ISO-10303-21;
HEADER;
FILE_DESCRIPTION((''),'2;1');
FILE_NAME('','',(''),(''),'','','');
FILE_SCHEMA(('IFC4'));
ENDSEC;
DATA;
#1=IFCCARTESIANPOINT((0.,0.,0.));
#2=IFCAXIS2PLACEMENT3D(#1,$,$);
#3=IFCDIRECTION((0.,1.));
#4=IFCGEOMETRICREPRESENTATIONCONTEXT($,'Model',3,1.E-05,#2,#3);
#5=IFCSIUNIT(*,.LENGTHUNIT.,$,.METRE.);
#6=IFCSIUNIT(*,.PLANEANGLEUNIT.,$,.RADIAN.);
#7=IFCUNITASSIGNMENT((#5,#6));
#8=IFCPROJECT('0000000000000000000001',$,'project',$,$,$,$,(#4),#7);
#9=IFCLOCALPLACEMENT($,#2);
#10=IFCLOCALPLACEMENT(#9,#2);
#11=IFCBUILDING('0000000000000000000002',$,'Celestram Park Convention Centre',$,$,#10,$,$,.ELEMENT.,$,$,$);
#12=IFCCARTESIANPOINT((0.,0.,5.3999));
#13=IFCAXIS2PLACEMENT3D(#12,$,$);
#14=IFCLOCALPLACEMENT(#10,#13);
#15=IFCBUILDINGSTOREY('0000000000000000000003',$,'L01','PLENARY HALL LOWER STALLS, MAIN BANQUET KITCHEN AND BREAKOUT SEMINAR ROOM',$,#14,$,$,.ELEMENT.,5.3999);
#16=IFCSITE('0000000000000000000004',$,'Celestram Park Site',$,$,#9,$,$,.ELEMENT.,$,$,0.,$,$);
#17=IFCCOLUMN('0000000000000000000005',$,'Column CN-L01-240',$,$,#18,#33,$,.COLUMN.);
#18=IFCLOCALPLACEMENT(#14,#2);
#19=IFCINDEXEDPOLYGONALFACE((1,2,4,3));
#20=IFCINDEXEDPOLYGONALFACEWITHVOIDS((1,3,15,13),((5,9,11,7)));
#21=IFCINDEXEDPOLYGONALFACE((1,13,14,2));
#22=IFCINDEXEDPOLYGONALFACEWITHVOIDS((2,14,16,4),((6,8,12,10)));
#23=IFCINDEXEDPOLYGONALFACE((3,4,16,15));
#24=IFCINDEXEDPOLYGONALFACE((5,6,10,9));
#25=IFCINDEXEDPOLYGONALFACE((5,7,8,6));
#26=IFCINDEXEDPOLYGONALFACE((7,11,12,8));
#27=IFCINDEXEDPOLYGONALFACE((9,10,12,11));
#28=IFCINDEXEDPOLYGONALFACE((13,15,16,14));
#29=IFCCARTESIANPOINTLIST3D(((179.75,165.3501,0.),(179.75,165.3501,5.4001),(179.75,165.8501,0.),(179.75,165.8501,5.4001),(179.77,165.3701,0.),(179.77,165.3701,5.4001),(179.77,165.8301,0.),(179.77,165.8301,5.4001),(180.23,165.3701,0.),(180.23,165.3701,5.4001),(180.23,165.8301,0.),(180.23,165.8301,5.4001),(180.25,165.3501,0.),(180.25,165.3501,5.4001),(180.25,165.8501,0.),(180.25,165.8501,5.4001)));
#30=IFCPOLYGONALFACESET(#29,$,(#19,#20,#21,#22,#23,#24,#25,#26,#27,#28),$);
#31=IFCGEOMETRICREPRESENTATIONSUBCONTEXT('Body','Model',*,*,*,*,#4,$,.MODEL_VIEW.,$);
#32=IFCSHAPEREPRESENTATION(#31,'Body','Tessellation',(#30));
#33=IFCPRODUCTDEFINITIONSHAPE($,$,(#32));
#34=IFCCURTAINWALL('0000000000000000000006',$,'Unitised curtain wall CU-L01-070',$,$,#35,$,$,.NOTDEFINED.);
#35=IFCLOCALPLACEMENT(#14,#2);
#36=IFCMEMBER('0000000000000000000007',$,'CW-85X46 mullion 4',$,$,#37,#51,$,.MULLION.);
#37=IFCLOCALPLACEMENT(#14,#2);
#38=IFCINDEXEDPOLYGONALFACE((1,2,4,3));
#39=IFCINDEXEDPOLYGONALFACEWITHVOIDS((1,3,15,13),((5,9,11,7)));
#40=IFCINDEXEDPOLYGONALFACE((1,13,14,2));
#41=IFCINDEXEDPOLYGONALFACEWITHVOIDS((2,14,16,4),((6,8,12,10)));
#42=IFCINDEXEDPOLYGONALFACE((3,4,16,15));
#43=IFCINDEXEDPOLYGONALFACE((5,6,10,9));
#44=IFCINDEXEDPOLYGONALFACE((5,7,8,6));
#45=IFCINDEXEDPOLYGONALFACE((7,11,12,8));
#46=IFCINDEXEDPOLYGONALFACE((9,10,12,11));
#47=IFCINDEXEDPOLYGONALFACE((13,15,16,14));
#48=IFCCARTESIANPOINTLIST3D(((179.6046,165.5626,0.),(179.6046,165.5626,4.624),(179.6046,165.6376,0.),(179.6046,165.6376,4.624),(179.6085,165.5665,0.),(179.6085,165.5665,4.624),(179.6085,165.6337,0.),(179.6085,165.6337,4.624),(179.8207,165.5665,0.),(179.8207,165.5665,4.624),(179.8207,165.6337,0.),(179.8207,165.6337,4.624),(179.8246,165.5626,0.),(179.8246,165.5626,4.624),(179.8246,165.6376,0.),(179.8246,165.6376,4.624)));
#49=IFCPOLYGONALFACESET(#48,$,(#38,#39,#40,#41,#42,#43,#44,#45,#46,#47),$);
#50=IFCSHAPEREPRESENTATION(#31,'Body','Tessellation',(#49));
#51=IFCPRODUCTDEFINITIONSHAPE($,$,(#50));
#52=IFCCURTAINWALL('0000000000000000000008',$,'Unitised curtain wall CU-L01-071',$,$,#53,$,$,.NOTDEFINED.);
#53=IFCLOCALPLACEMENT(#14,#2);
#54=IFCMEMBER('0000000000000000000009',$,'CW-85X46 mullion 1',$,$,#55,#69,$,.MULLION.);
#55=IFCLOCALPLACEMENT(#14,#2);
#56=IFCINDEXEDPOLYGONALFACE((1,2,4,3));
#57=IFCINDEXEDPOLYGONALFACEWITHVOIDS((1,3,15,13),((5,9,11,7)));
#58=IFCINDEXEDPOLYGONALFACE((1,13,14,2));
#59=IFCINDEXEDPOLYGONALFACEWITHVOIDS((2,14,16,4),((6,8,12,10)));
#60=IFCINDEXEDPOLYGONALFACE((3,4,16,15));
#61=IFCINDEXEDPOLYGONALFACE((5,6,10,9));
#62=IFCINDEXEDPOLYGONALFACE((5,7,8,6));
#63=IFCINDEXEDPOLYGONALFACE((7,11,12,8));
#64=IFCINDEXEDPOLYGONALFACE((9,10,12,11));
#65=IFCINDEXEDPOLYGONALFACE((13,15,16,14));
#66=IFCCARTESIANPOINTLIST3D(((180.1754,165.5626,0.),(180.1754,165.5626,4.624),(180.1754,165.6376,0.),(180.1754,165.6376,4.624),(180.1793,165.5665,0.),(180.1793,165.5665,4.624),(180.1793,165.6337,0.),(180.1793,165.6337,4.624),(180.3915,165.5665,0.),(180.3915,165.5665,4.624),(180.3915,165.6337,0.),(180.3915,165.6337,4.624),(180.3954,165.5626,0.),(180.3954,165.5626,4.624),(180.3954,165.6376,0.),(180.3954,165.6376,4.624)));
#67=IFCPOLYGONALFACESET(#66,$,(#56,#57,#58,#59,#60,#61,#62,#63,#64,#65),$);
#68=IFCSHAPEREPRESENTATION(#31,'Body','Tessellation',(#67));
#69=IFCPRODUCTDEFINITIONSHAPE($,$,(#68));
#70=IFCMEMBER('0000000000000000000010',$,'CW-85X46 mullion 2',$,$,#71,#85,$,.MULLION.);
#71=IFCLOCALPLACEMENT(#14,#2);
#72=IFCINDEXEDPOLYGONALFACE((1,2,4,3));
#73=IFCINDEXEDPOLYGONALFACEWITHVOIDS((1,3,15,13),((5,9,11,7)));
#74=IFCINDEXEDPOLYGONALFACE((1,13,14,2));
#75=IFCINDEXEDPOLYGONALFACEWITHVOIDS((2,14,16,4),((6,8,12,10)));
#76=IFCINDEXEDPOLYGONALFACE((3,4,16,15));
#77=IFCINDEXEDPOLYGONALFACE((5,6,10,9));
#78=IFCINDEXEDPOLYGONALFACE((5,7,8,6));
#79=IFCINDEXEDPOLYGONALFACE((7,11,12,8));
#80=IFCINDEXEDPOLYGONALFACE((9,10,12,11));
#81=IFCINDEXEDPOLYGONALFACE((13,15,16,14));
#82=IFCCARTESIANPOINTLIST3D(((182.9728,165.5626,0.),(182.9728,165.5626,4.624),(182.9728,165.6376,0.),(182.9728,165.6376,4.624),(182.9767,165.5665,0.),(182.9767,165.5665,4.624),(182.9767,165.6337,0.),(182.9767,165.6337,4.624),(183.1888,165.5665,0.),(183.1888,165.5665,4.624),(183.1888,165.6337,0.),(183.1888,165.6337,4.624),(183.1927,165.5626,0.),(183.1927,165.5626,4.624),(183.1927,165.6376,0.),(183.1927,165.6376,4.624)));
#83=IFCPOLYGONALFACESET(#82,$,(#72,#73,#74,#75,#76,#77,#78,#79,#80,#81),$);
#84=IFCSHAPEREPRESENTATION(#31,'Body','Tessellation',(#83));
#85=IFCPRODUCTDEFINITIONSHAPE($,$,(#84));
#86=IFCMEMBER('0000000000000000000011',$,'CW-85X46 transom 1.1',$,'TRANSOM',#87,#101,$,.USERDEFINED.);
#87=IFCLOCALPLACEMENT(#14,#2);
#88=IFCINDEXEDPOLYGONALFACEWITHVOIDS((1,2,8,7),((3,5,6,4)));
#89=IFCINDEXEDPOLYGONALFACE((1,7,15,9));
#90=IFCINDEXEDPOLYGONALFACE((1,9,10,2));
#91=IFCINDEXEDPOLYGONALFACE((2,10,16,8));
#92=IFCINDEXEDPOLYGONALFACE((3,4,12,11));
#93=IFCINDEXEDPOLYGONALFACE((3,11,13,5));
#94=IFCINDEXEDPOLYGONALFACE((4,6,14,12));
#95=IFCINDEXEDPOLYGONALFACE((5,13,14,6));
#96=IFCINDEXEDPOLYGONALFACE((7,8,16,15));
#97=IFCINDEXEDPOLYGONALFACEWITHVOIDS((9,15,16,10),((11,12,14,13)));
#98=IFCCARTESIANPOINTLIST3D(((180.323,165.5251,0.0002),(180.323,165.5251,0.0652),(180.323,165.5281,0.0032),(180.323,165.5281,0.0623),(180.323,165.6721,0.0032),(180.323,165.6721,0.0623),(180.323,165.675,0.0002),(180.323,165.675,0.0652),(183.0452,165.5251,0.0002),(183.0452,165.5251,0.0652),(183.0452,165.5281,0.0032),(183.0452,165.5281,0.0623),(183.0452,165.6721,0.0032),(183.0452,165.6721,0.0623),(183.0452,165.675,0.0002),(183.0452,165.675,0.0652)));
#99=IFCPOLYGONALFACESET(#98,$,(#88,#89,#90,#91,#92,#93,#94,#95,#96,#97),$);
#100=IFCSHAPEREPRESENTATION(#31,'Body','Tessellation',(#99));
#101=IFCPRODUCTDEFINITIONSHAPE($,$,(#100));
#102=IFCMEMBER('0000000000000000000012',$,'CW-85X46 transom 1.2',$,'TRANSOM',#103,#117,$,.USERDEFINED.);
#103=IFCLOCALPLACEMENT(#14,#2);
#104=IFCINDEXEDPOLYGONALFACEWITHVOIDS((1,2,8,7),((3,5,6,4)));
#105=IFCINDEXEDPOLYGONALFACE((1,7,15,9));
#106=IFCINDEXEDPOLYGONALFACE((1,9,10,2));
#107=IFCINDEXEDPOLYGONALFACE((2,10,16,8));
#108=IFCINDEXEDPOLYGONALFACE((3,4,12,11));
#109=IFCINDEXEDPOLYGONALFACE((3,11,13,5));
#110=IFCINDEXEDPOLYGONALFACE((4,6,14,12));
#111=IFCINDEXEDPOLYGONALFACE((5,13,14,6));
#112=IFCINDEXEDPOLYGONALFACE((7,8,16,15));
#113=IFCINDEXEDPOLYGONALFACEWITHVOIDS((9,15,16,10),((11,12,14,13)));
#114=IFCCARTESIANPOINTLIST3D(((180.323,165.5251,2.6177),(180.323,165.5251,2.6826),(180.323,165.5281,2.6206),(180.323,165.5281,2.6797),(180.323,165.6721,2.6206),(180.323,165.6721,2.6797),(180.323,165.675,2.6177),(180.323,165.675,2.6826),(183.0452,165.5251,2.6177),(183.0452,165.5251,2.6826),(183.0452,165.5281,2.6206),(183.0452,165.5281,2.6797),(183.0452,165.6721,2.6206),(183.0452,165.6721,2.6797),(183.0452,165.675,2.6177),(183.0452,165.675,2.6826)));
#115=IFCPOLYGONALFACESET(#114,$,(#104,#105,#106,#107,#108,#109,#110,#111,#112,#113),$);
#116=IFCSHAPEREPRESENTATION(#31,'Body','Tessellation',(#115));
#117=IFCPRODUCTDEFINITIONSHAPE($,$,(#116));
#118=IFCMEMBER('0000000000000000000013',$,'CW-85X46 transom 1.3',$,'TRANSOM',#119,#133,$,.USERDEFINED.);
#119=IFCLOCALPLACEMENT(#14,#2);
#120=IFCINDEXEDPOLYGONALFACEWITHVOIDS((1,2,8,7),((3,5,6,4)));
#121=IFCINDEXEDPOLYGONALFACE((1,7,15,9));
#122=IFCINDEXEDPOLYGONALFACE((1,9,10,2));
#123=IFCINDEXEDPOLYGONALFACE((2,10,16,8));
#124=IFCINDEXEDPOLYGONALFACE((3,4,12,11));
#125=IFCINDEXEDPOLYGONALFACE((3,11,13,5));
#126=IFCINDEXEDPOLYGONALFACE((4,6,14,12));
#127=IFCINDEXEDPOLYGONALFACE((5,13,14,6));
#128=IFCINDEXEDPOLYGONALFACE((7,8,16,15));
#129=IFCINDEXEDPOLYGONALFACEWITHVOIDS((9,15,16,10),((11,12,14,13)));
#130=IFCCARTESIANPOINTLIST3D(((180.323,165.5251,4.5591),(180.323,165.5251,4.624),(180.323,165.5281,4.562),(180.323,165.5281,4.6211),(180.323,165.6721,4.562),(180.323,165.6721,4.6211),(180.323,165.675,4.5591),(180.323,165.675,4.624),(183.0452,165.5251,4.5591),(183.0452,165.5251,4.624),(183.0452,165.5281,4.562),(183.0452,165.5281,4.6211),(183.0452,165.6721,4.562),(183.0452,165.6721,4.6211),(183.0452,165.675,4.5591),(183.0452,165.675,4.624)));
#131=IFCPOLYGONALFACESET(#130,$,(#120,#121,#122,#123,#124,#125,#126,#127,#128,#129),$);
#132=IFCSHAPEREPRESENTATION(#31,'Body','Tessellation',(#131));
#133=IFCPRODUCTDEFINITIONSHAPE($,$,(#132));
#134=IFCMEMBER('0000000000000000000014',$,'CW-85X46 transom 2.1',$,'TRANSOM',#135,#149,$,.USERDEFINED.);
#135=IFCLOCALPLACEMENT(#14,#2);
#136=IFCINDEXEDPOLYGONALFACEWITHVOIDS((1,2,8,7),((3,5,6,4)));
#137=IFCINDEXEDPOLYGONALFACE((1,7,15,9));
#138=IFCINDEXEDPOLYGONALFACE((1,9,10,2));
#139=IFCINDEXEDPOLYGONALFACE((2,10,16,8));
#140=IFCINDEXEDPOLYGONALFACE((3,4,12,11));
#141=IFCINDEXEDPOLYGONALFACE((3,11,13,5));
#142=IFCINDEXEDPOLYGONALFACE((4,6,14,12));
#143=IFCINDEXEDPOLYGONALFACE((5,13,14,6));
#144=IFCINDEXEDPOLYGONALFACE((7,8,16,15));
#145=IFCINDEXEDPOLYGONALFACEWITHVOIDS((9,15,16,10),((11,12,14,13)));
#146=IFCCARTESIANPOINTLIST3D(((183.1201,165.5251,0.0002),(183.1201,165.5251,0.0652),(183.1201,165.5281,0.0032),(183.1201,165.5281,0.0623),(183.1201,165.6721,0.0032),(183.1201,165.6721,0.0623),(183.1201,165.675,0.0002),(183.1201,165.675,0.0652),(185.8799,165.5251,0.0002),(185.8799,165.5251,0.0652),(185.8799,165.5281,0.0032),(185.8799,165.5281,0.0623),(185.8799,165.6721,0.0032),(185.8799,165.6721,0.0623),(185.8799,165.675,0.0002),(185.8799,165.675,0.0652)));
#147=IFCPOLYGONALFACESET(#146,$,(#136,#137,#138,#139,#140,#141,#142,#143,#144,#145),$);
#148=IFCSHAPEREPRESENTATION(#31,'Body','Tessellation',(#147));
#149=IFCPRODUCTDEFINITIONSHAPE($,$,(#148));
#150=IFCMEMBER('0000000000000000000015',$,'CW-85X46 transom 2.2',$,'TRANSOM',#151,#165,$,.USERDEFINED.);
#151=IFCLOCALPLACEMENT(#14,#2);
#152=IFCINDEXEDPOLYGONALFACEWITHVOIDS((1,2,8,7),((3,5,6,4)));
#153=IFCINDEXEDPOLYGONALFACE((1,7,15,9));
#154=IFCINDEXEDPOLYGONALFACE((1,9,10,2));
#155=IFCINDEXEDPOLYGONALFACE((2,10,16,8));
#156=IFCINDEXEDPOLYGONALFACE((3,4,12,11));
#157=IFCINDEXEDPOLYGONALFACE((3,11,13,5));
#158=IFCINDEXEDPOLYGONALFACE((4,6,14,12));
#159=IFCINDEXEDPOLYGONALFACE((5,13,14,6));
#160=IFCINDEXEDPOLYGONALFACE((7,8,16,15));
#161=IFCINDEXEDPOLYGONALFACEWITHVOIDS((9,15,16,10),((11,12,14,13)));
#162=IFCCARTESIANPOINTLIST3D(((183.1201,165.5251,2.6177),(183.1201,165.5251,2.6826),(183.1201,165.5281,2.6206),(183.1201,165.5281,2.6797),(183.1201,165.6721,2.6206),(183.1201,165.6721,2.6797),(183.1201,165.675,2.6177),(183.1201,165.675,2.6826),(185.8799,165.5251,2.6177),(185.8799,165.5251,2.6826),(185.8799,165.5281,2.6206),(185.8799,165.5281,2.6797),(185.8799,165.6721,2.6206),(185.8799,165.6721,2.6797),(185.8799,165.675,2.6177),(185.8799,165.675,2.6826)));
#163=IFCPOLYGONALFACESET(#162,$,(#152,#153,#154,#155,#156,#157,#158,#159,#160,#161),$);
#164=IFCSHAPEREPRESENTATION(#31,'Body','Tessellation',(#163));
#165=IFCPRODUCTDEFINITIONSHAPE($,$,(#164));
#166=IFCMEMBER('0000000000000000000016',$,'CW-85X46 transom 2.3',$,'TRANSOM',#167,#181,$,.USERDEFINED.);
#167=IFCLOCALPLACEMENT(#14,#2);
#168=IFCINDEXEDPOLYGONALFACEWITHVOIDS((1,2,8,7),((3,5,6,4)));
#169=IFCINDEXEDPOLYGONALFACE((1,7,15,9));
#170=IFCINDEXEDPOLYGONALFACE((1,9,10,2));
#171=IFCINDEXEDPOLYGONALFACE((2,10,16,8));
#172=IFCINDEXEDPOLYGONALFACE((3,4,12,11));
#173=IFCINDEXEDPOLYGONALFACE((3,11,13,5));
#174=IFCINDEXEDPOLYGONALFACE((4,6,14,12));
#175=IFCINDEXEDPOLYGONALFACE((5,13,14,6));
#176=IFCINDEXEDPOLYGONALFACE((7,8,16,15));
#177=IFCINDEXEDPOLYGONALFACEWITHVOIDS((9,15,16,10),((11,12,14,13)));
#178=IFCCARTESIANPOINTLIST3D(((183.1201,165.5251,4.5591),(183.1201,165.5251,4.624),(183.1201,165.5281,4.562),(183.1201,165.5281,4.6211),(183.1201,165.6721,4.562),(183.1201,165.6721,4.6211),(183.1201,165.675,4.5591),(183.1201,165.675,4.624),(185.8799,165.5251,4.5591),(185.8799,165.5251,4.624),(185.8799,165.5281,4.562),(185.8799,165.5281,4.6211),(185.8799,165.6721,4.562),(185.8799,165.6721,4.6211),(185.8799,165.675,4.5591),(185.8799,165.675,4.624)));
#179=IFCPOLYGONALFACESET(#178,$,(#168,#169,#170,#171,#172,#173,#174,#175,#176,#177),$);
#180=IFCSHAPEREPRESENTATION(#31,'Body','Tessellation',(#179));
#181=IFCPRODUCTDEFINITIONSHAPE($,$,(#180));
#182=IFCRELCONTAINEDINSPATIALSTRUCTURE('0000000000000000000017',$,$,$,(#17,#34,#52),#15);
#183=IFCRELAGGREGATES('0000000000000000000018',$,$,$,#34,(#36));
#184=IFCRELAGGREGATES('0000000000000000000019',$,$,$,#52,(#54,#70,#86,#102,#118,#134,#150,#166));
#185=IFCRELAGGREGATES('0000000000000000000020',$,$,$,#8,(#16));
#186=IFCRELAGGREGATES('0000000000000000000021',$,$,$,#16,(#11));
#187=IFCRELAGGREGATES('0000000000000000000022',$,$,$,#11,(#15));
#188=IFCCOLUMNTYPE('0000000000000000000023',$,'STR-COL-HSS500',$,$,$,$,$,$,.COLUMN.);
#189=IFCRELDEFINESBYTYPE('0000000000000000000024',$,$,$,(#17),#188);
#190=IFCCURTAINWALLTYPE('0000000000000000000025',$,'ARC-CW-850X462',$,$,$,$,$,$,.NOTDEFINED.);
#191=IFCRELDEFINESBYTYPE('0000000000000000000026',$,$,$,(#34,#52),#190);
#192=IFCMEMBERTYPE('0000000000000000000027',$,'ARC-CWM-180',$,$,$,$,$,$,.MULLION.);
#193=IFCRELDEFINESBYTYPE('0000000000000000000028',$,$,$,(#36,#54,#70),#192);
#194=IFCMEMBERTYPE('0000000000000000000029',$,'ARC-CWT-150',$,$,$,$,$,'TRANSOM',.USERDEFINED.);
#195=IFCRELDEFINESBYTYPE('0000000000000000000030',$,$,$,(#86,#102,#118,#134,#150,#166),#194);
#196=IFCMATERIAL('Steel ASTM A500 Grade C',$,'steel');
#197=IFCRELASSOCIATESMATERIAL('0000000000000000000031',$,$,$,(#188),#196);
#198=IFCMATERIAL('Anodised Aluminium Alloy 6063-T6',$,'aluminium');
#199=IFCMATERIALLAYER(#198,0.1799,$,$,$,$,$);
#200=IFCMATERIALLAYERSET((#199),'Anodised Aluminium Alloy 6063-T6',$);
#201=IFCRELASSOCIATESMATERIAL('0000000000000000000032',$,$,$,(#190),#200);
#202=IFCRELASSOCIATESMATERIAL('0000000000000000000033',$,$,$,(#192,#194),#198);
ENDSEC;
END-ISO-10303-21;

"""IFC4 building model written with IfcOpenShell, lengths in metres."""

from ifc_helpers import new_model, si_unit, direction, frame, origin, origin_2d, place, context, subcontext, project, spatial, hollow_rectangle, extrude, material, layer, layer_set, material_profile, profile_set, type_object, element, aggregate, save


model = new_model("IFC4")

# Units and contexts
model_context = context("Model", 3, precision=1e-05, world=origin(), true_north=direction((0.0, 1.0)))
body_context = subcontext(model_context, "Body", "Model", "MODEL_VIEW")
ifc_project = project(units=[si_unit("LENGTHUNIT", "METRE"), si_unit("PLANEANGLEUNIT", "RADIAN")], contexts=[model_context])

# Site, building, storey
site_placement = place(None, origin())
site = spatial("IfcSite", under=ifc_project, at=site_placement, Name="Celestram Park Site", CompositionType="ELEMENT", RefElevation=0.0)
building_placement = place(site_placement, origin())
building = spatial("IfcBuilding", under=site, at=building_placement, Name="Celestram Park Convention Centre", CompositionType="ELEMENT")
storey_placement = place(building_placement, frame((0.0, 0.0, 5.3999)))
storey = spatial("IfcBuildingStorey", under=building, at=storey_placement, Name="L01", Description="PLENARY HALL LOWER STALLS, MAIN BANQUET KITCHEN AND BREAKOUT SEMINAR ROOM", CompositionType="ELEMENT", Elevation=5.3999)

# Column
ifc_material_1 = material(Name="Steel ASTM A500 Grade C", Category="steel")
ifc_material_profile_1 = material_profile(ifc_material_1, hollow_rectangle(XDim=0.5, YDim=0.5, WallThickness=0.02, at=origin_2d()), Name="HSS500X500X20")
ifc_profile_set_1 = profile_set([ifc_material_profile_1], Name="Steel ASTM A500 Grade C")
column_type = type_object("IfcColumnType", Name="STR-COL-HSS500", PredefinedType="COLUMN", material=ifc_profile_set_1)
column_placement = place(storey_placement, frame((180.0, 165.6001, 0.0), z_axis=(0.0, 0.0, 1.0), x_axis=(1.0, 0.0, 0.0)))
element("IfcColumn", 1, at=column_placement, inside=storey, type_object=column_type, Name="Column CN-L01-240", PredefinedType="COLUMN", context=body_context, shape_type="SweptSolid", body=[
    extrude(hollow_rectangle(XDim=0.5, YDim=0.5, WallThickness=0.02, at=origin_2d()), origin(), (0.0, 0.0, 1.0), 5.4001),
])

# Curtain wall, member
ifc_material_2 = material(Name="Anodised Aluminium Alloy 6063-T6", Category="aluminium")
ifc_layer_1 = layer(ifc_material_2, 0.1799)
ifc_layer_set_1 = layer_set([ifc_layer_1], Name="Anodised Aluminium Alloy 6063-T6")
curtain_wall_type = type_object("IfcCurtainWallType", Name="ARC-CW-850X462", PredefinedType="NOTDEFINED", material=ifc_layer_set_1)
curtain_wall_1_placement = place(storey_placement, origin())
curtain_wall_1 = element("IfcCurtainWall", 2, at=curtain_wall_1_placement, inside=storey, type_object=curtain_wall_type, Name="Unitised curtain wall CU-L01-070", PredefinedType="NOTDEFINED")
ifc_material_profile_2 = material_profile(ifc_material_2, hollow_rectangle(XDim=0.075, YDim=0.22, WallThickness=0.0039, at=origin_2d()), Name="ALU75X220X4")
ifc_profile_set_2 = profile_set([ifc_material_profile_2], Name="Anodised Aluminium Alloy 6063-T6")
member_type_1 = type_object("IfcMemberType", Name="ARC-CWM-180", PredefinedType="MULLION", material=ifc_profile_set_2)
member_1_placement = place(storey_placement, frame((179.7146, 165.6001, 0.0), z_axis=(0.0, 0.0, 1.0), x_axis=(0.0, 1.0, 0.0)))
member_1 = element("IfcMember", 3, at=member_1_placement, type_object=member_type_1, Name="CW-85X46 mullion 4", PredefinedType="MULLION", context=body_context, shape_type="SweptSolid", body=[
    extrude(hollow_rectangle(XDim=0.075, YDim=0.22, WallThickness=0.0039, at=origin_2d()), origin(), (0.0, 0.0, 1.0), 4.624),
])

# Curtain wall, members
curtain_wall_2_placement = place(storey_placement, origin())
curtain_wall_2 = element("IfcCurtainWall", 4, at=curtain_wall_2_placement, inside=storey, type_object=curtain_wall_type, Name="Unitised curtain wall CU-L01-071", PredefinedType="NOTDEFINED")
member_2_placement = place(storey_placement, frame((180.2854, 165.6001, 0.0), z_axis=(0.0, 0.0, 1.0), x_axis=(0.0, 1.0, 0.0)))
member_2 = element("IfcMember", 5, at=member_2_placement, type_object=member_type_1, Name="CW-85X46 mullion 1", PredefinedType="MULLION", context=body_context, shape_type="SweptSolid", body=[
    extrude(hollow_rectangle(XDim=0.075, YDim=0.22, WallThickness=0.0039, at=origin_2d()), origin(), (0.0, 0.0, 1.0), 4.624),
])
member_3_placement = place(storey_placement, frame((183.0828, 165.6001, 0.0), z_axis=(0.0, 0.0, 1.0), x_axis=(0.0, 1.0, 0.0)))
member_3 = element("IfcMember", 6, at=member_3_placement, type_object=member_type_1, Name="CW-85X46 mullion 2", PredefinedType="MULLION", context=body_context, shape_type="SweptSolid", body=[
    extrude(hollow_rectangle(XDim=0.075, YDim=0.22, WallThickness=0.0039, at=origin_2d()), origin(), (0.0, 0.0, 1.0), 4.624),
])
ifc_material_profile_3 = material_profile(ifc_material_2, hollow_rectangle(XDim=0.1499, YDim=0.0649, WallThickness=0.0029, at=origin_2d()), Name="ALU150X65X3")
ifc_profile_set_3 = profile_set([ifc_material_profile_3], Name="Anodised Aluminium Alloy 6063-T6")
member_type_2 = type_object("IfcMemberType", Name="ARC-CWT-150", ElementType="TRANSOM", PredefinedType="USERDEFINED", material=ifc_profile_set_3)
member_4_placement = place(storey_placement, frame((180.323, 165.6001, 0.0327), z_axis=(1.0, 0.0, 0.0), x_axis=(0.0, 1.0, 0.0)))
member_4 = element("IfcMember", 7, at=member_4_placement, type_object=member_type_2, Name="CW-85X46 transom 1.1", ObjectType="TRANSOM", PredefinedType="USERDEFINED", context=body_context, shape_type="SweptSolid", body=[
    extrude(hollow_rectangle(XDim=0.1499, YDim=0.0649, WallThickness=0.0029, at=origin_2d()), origin(), (0.0, 0.0, 1.0), 2.7222),
])
member_5_placement = place(storey_placement, frame((180.323, 165.6001, 2.6501), z_axis=(1.0, 0.0, 0.0), x_axis=(0.0, 1.0, 0.0)))
member_5 = element("IfcMember", 8, at=member_5_placement, type_object=member_type_2, Name="CW-85X46 transom 1.2", ObjectType="TRANSOM", PredefinedType="USERDEFINED", context=body_context, shape_type="SweptSolid", body=[
    extrude(hollow_rectangle(XDim=0.1499, YDim=0.0649, WallThickness=0.0029, at=origin_2d()), origin(), (0.0, 0.0, 1.0), 2.7222),
])
member_6_placement = place(storey_placement, frame((180.323, 165.6001, 4.5916), z_axis=(1.0, 0.0, 0.0), x_axis=(0.0, 1.0, 0.0)))
member_6 = element("IfcMember", 9, at=member_6_placement, type_object=member_type_2, Name="CW-85X46 transom 1.3", ObjectType="TRANSOM", PredefinedType="USERDEFINED", context=body_context, shape_type="SweptSolid", body=[
    extrude(hollow_rectangle(XDim=0.1499, YDim=0.0649, WallThickness=0.0029, at=origin_2d()), origin(), (0.0, 0.0, 1.0), 2.7222),
])
member_7_placement = place(storey_placement, frame((183.1201, 165.6001, 0.0327), z_axis=(1.0, 0.0, 0.0), x_axis=(0.0, 1.0, 0.0)))
member_7 = element("IfcMember", 10, at=member_7_placement, type_object=member_type_2, Name="CW-85X46 transom 2.1", ObjectType="TRANSOM", PredefinedType="USERDEFINED", context=body_context, shape_type="SweptSolid", body=[
    extrude(hollow_rectangle(XDim=0.1499, YDim=0.0649, WallThickness=0.0029, at=origin_2d()), origin(), (0.0, 0.0, 1.0), 2.7598),
])
member_8_placement = place(storey_placement, frame((183.1201, 165.6001, 2.6501), z_axis=(1.0, 0.0, 0.0), x_axis=(0.0, 1.0, 0.0)))
member_8 = element("IfcMember", 11, at=member_8_placement, type_object=member_type_2, Name="CW-85X46 transom 2.2", ObjectType="TRANSOM", PredefinedType="USERDEFINED", context=body_context, shape_type="SweptSolid", body=[
    extrude(hollow_rectangle(XDim=0.1499, YDim=0.0649, WallThickness=0.0029, at=origin_2d()), origin(), (0.0, 0.0, 1.0), 2.7598),
])
member_9_placement = place(storey_placement, frame((183.1201, 165.6001, 4.5916), z_axis=(1.0, 0.0, 0.0), x_axis=(0.0, 1.0, 0.0)))
member_9 = element("IfcMember", 12, at=member_9_placement, type_object=member_type_2, Name="CW-85X46 transom 2.3", ObjectType="TRANSOM", PredefinedType="USERDEFINED", context=body_context, shape_type="SweptSolid", body=[
    extrude(hollow_rectangle(XDim=0.1499, YDim=0.0649, WallThickness=0.0029, at=origin_2d()), origin(), (0.0, 0.0, 1.0), 2.7598),
])

aggregate(curtain_wall_1, [member_1])
aggregate(curtain_wall_2, [member_2, member_3, member_4, member_5, member_6, member_7, member_8, member_9])

save(model, "model.ifc")
